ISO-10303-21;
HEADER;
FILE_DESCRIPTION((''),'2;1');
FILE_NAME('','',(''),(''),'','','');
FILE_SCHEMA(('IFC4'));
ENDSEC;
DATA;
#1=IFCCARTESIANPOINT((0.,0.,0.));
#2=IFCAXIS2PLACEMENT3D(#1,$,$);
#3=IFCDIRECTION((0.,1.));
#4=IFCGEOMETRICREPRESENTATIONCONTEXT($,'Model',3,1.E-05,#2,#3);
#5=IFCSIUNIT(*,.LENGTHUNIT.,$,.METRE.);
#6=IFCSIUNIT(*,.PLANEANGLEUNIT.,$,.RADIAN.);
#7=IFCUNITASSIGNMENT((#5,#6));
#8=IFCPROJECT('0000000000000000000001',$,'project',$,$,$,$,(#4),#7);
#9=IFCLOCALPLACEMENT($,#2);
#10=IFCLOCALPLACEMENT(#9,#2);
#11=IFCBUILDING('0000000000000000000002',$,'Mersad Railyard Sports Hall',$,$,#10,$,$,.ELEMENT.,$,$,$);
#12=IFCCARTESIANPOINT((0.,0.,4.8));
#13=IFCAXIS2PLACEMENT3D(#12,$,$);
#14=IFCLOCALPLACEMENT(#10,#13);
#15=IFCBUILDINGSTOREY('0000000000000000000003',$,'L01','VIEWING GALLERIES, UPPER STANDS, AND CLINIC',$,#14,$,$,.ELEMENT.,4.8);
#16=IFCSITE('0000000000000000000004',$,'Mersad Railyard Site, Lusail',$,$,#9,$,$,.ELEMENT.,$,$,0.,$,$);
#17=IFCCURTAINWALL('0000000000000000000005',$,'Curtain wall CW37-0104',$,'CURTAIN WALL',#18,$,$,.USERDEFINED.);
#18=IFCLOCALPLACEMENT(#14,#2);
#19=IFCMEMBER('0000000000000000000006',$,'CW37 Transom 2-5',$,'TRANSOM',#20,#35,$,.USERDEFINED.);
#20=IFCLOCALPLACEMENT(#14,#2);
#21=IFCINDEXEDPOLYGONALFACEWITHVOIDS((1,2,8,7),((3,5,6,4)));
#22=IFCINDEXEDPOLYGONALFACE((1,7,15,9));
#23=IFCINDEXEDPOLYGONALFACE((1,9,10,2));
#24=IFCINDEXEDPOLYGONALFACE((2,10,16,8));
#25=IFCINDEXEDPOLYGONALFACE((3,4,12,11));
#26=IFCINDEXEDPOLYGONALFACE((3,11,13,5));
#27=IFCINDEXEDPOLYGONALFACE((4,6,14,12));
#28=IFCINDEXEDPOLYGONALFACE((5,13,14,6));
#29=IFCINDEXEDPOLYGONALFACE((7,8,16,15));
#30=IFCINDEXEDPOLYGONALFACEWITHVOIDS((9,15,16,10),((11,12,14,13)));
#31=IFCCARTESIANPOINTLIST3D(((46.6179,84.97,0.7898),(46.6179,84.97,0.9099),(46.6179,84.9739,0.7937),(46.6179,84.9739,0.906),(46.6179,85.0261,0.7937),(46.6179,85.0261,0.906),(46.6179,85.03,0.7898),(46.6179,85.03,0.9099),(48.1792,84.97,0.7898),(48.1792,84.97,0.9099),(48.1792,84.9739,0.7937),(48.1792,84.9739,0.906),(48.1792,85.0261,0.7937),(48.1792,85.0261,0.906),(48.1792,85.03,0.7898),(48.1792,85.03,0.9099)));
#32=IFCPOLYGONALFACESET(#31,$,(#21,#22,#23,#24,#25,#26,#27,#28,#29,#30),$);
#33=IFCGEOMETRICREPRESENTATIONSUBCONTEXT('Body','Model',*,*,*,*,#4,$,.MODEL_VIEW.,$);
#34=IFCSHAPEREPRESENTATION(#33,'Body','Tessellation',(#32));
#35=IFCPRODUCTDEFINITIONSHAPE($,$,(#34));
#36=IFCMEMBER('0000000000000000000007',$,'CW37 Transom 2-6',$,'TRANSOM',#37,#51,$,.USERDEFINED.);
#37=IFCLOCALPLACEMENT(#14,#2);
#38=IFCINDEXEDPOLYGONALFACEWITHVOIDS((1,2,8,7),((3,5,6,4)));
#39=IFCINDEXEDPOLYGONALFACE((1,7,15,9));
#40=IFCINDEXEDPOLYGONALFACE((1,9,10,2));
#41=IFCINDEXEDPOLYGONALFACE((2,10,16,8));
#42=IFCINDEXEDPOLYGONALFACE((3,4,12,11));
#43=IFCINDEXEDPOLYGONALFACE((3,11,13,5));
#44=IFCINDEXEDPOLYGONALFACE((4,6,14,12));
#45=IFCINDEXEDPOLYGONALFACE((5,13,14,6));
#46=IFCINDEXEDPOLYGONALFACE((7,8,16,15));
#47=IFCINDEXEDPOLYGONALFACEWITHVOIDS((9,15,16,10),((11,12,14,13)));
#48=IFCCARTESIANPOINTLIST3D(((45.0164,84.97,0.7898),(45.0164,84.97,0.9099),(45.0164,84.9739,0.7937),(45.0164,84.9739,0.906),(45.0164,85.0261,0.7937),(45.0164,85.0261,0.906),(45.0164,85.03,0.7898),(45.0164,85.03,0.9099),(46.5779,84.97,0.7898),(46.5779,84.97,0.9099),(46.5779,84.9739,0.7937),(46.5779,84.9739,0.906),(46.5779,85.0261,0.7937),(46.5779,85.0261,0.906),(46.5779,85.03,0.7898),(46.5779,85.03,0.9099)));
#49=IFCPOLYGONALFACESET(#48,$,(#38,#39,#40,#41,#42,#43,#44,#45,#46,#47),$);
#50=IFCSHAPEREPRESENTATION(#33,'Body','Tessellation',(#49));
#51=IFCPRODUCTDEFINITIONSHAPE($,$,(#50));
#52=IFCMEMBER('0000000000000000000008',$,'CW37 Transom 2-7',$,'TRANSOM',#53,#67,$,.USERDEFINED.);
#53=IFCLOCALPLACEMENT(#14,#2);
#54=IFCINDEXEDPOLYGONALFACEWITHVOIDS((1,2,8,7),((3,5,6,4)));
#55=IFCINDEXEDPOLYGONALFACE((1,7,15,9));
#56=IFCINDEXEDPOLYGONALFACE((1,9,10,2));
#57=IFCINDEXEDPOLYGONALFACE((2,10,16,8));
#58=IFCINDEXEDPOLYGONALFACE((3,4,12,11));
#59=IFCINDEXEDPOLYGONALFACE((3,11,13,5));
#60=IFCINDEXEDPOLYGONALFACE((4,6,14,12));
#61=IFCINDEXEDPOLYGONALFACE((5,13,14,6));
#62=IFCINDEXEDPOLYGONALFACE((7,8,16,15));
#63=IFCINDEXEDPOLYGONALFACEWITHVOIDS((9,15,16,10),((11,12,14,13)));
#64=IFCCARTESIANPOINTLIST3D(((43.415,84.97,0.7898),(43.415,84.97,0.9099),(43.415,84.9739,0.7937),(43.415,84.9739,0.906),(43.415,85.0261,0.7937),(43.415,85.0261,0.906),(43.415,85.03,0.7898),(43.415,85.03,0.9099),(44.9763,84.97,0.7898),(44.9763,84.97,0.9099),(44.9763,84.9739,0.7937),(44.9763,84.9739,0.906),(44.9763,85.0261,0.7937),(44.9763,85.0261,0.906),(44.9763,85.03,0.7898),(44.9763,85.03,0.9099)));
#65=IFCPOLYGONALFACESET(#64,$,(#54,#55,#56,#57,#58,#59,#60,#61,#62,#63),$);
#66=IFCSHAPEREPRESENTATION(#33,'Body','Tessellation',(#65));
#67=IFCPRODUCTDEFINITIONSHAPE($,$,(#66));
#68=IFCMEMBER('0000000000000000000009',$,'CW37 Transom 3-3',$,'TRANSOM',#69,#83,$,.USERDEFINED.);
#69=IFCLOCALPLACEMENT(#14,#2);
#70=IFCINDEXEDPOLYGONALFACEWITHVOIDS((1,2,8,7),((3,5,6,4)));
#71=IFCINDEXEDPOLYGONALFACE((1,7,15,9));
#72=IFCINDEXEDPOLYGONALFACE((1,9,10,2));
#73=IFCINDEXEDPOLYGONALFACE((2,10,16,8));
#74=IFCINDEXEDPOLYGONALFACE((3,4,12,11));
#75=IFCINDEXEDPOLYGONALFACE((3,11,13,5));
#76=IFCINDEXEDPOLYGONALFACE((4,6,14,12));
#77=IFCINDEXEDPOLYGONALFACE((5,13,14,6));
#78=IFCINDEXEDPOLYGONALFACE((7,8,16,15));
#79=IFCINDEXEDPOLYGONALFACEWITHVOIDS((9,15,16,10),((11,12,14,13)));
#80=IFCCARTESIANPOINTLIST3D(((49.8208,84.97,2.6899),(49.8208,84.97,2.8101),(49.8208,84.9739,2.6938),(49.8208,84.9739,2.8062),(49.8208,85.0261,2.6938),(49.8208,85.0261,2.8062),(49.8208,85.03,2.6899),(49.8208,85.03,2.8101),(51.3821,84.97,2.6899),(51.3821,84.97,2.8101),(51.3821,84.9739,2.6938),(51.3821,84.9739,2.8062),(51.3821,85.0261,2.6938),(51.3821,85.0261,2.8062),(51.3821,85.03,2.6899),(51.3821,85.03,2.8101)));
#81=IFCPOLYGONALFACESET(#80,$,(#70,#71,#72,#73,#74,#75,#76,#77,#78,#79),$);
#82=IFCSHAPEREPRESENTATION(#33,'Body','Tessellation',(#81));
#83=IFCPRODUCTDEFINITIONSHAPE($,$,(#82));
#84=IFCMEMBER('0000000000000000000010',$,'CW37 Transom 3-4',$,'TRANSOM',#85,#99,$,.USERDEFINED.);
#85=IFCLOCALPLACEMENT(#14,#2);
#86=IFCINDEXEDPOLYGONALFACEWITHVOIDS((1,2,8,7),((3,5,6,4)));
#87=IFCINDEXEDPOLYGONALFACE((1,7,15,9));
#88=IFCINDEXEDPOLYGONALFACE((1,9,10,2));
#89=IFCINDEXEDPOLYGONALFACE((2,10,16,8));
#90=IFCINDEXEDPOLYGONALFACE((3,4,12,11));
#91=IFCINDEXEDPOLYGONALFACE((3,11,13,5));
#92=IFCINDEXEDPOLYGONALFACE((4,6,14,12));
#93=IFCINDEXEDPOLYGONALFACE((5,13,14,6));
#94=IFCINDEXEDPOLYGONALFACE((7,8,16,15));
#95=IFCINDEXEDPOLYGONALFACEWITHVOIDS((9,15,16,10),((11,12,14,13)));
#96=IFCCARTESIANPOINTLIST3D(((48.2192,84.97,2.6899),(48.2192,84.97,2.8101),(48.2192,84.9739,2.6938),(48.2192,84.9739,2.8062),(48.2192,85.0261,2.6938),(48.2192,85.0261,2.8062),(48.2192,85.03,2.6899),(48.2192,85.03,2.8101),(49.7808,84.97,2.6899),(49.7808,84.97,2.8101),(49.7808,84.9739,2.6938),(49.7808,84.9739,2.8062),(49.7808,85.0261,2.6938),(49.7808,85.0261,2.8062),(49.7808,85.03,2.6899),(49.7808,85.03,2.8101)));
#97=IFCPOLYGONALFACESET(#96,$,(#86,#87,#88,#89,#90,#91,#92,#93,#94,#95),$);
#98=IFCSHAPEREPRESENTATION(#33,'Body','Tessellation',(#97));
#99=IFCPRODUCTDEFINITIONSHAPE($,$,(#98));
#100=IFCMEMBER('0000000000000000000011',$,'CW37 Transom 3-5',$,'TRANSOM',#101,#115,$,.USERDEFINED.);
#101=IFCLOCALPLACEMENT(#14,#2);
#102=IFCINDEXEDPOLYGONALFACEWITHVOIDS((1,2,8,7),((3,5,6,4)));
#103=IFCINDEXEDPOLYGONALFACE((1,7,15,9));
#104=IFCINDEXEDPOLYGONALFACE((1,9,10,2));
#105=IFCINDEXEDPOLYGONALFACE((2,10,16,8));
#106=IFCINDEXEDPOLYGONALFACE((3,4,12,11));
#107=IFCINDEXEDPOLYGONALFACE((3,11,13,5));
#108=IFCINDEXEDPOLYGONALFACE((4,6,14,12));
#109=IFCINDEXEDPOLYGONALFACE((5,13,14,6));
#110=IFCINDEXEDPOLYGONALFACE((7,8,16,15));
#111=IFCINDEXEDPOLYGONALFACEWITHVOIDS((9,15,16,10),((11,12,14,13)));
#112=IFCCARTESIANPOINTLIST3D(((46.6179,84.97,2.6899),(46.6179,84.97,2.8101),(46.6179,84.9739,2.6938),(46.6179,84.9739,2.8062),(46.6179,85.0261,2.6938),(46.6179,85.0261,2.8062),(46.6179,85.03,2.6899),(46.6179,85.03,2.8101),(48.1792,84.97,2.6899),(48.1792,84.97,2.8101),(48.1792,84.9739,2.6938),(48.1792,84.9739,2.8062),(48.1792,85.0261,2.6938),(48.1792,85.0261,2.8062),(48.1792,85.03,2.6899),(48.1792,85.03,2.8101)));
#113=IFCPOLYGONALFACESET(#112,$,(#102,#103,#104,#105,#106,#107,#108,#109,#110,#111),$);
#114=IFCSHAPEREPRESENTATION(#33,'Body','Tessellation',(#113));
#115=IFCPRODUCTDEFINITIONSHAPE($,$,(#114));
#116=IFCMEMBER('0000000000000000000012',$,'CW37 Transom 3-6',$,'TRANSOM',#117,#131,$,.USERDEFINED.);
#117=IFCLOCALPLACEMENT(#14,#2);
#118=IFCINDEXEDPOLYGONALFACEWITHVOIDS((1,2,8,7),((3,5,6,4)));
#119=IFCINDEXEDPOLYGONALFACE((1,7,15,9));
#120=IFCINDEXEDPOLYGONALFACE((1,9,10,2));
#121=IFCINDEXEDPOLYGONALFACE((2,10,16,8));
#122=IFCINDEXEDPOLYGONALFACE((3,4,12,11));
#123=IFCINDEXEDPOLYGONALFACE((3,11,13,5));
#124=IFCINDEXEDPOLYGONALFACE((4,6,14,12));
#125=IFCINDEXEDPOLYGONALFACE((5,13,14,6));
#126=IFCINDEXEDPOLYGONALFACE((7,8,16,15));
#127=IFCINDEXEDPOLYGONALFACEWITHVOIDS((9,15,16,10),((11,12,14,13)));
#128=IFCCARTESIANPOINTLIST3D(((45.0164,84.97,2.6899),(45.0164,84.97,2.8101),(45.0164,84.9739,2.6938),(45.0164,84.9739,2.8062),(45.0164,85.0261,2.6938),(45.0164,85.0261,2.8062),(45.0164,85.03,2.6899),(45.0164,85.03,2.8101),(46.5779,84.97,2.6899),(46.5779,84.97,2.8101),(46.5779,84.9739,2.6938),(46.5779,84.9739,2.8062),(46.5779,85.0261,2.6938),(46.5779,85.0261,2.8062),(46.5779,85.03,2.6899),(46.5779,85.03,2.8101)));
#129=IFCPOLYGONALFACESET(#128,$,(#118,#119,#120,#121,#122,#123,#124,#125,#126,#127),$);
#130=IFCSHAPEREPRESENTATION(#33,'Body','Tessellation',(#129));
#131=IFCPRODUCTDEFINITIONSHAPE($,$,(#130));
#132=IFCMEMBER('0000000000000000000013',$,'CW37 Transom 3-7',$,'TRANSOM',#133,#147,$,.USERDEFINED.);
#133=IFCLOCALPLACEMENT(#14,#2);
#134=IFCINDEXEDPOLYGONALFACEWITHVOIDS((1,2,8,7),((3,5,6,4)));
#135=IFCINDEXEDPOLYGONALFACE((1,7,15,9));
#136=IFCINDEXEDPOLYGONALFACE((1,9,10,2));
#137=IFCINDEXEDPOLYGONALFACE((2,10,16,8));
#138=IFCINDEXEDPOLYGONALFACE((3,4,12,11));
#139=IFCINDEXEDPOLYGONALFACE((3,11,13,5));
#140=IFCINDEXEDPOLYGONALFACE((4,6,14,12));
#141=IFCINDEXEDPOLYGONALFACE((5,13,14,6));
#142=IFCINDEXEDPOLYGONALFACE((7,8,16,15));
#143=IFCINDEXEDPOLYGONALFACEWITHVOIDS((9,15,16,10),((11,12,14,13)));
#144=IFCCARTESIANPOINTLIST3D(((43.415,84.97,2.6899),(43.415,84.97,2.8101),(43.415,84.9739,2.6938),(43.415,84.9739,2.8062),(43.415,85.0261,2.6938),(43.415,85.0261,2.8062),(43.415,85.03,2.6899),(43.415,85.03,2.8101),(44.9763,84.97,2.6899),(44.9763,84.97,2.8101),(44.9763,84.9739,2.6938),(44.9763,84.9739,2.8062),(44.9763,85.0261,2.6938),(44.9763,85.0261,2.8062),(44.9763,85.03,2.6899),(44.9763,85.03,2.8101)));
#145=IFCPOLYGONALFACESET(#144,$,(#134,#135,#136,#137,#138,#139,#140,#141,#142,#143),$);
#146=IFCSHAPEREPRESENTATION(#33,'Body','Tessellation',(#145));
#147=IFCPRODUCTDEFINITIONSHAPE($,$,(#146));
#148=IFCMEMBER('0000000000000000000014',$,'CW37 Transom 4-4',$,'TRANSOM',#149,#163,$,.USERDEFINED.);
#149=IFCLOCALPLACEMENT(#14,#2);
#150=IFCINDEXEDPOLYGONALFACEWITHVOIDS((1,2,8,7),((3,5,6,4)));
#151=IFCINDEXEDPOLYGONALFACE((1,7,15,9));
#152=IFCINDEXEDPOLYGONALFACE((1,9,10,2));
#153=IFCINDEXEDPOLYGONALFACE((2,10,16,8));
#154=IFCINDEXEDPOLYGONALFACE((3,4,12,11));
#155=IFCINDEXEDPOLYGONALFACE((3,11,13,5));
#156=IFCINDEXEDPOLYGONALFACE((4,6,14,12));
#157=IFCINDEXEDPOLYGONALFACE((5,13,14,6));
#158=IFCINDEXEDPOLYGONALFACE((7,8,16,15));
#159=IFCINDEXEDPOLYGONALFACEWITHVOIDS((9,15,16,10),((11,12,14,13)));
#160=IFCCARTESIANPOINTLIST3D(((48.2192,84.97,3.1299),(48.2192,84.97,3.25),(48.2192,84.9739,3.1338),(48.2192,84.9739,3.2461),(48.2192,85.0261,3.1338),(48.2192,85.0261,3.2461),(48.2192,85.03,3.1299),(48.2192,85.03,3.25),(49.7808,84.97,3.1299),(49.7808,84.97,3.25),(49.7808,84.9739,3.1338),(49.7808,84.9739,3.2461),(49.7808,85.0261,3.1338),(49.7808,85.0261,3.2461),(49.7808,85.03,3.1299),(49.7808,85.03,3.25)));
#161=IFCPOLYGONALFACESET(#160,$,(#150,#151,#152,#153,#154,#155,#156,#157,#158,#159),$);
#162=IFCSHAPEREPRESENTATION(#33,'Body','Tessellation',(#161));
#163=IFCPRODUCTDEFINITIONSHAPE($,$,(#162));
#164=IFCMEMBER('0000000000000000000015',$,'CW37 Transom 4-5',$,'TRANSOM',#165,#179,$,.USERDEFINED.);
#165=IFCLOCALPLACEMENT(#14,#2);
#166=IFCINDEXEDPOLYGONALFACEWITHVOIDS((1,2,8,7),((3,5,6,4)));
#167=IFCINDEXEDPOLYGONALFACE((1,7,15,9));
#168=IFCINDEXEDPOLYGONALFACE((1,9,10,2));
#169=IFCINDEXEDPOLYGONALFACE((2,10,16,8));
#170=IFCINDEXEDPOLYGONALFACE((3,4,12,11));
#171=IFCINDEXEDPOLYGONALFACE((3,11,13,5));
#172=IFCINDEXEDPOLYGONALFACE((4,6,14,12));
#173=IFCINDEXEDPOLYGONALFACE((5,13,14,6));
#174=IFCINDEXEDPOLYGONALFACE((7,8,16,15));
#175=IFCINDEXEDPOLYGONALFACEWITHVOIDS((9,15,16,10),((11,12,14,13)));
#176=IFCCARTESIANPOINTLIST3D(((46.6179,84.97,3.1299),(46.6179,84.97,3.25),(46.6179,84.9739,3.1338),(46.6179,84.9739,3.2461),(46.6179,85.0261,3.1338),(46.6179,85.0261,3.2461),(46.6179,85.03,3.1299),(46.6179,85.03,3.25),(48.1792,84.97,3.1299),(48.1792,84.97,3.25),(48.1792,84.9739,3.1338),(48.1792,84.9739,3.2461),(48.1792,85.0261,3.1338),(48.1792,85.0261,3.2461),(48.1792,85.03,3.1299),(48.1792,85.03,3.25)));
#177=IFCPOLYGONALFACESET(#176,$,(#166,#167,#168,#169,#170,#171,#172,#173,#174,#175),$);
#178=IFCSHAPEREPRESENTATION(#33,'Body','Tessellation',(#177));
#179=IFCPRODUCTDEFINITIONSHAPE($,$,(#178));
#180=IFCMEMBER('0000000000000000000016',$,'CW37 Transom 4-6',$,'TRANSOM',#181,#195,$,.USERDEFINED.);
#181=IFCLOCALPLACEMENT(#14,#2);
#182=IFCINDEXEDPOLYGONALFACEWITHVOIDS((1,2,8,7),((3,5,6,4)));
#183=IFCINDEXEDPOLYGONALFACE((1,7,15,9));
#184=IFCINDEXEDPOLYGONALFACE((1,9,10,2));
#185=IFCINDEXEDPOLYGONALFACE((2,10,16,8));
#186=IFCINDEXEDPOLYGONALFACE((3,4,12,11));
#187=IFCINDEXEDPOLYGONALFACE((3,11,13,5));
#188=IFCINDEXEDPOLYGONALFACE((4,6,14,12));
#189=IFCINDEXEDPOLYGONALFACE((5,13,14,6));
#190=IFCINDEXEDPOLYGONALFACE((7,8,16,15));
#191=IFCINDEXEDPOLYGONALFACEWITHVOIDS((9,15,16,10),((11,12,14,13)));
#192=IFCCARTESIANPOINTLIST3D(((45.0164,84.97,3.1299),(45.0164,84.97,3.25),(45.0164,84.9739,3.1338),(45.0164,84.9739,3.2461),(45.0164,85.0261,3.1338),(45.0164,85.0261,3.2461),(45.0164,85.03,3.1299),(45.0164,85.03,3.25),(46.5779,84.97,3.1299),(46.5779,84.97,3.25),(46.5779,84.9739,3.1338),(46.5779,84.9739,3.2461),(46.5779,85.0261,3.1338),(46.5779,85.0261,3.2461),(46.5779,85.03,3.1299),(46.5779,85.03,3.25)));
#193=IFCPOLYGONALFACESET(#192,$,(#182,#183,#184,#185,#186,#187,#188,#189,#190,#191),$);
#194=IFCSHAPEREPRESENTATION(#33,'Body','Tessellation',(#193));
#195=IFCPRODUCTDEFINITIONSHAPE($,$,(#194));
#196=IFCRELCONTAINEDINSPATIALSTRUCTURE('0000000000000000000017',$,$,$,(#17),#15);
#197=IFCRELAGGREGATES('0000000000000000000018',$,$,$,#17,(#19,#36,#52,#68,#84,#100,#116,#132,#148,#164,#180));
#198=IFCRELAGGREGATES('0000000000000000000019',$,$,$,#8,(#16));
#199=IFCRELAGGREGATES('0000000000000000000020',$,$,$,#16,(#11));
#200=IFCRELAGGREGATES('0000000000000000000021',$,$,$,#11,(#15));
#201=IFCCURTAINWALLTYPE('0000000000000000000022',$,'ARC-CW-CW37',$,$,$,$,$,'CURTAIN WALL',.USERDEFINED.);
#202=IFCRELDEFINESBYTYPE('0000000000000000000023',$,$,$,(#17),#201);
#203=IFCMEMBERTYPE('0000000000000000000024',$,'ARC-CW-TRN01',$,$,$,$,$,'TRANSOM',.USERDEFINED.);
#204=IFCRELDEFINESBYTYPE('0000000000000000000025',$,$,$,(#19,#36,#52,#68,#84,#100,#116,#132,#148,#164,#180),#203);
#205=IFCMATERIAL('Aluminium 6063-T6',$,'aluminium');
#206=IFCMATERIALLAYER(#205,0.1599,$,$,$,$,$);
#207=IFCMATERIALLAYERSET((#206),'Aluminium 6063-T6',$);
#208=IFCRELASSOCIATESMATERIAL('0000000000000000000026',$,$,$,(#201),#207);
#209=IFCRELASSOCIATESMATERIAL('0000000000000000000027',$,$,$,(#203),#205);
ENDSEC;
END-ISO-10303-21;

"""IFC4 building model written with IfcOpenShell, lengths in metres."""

from ifc_helpers import new_model, si_unit, direction, frame, origin, origin_2d, place, context, subcontext, project, spatial, hollow_rectangle, extrude, material, layer, layer_set, material_profile, profile_set, type_object, element, aggregate, save


model = new_model("IFC4")

# Units and contexts
model_context = context("Model", 3, precision=1e-05, world=origin(), true_north=direction((0.0, 1.0)))
body_context = subcontext(model_context, "Body", "Model", "MODEL_VIEW")
ifc_project = project(units=[si_unit("LENGTHUNIT", "METRE"), si_unit("PLANEANGLEUNIT", "RADIAN")], contexts=[model_context])

# Site, building, storey
site_placement = place(None, origin())
site = spatial("IfcSite", under=ifc_project, at=site_placement, Name="Mersad Railyard Site, Lusail", CompositionType="ELEMENT", RefElevation=0.0)
building_placement = place(site_placement, origin())
building = spatial("IfcBuilding", under=site, at=building_placement, Name="Mersad Railyard Sports Hall", CompositionType="ELEMENT")
storey_placement = place(building_placement, frame((0.0, 0.0, 4.8)))
storey = spatial("IfcBuildingStorey", under=building, at=storey_placement, Name="L01", Description="VIEWING GALLERIES, UPPER STANDS, AND CLINIC", CompositionType="ELEMENT", Elevation=4.8)

# Curtain wall, members
ifc_material_1 = material(Name="Aluminium 6063-T6", Category="aluminium")
ifc_layer_1 = layer(ifc_material_1, 0.1599)
ifc_layer_set_1 = layer_set([ifc_layer_1], Name="Aluminium 6063-T6")
curtain_wall_type = type_object("IfcCurtainWallType", Name="ARC-CW-CW37", ElementType="CURTAIN WALL", PredefinedType="USERDEFINED", material=ifc_layer_set_1)
curtain_wall_placement = place(storey_placement, origin())
curtain_wall = element("IfcCurtainWall", 1, at=curtain_wall_placement, inside=storey, type_object=curtain_wall_type, Name="Curtain wall CW37-0104", ObjectType="CURTAIN WALL", PredefinedType="USERDEFINED")
ifc_material_profile_1 = material_profile(ifc_material_1, hollow_rectangle(XDim=0.0601, YDim=0.1201, WallThickness=0.0039, at=origin_2d()), Name="AL TRANSOM 60x120x4")
ifc_profile_set_1 = profile_set([ifc_material_profile_1], Name="Aluminium 6063-T6")
member_type_1 = type_object("IfcMemberType", Name="ARC-CW-TRN01", ElementType="TRANSOM", PredefinedType="USERDEFINED", material=ifc_profile_set_1)
member_1_placement = place(storey_placement, frame((48.1792, 85.0, 0.8499), z_axis=(-1.0, 0.0, 0.0), x_axis=(0.0, -1.0, 0.0)))
member_1 = element("IfcMember", 2, at=member_1_placement, type_object=member_type_1, Name="CW37 Transom 2-5", ObjectType="TRANSOM", PredefinedType="USERDEFINED", context=body_context, shape_type="SweptSolid", body=[
    extrude(hollow_rectangle(XDim=0.0601, YDim=0.1201, WallThickness=0.0039, at=origin_2d()), origin(), (0.0, 0.0, 1.0), 1.5613),
])
member_2_placement = place(storey_placement, frame((46.5779, 85.0, 0.8499), z_axis=(-1.0, 0.0, 0.0), x_axis=(0.0, -1.0, 0.0)))
member_2 = element("IfcMember", 3, at=member_2_placement, type_object=member_type_1, Name="CW37 Transom 2-6", ObjectType="TRANSOM", PredefinedType="USERDEFINED", context=body_context, shape_type="SweptSolid", body=[
    extrude(hollow_rectangle(XDim=0.0601, YDim=0.1201, WallThickness=0.0039, at=origin_2d()), origin(), (0.0, 0.0, 1.0), 1.5615),
])
member_3_placement = place(storey_placement, frame((44.9763, 85.0, 0.8499), z_axis=(-1.0, 0.0, 0.0), x_axis=(0.0, -1.0, 0.0)))
member_3 = element("IfcMember", 4, at=member_3_placement, type_object=member_type_1, Name="CW37 Transom 2-7", ObjectType="TRANSOM", PredefinedType="USERDEFINED", context=body_context, shape_type="SweptSolid", body=[
    extrude(hollow_rectangle(XDim=0.0601, YDim=0.1201, WallThickness=0.0039, at=origin_2d()), origin(), (0.0, 0.0, 1.0), 1.5613),
])
member_4_placement = place(storey_placement, frame((51.3821, 85.0, 2.75), z_axis=(-1.0, 0.0, 0.0), x_axis=(0.0, -1.0, 0.0)))
member_4 = element("IfcMember", 5, at=member_4_placement, type_object=member_type_1, Name="CW37 Transom 3-3", ObjectType="TRANSOM", PredefinedType="USERDEFINED", context=body_context, shape_type="SweptSolid", body=[
    extrude(hollow_rectangle(XDim=0.0601, YDim=0.1201, WallThickness=0.0039, at=origin_2d()), origin(), (0.0, 0.0, 1.0), 1.5613),
])
member_5_placement = place(storey_placement, frame((49.7808, 85.0, 2.75), z_axis=(-1.0, 0.0, 0.0), x_axis=(0.0, -1.0, 0.0)))
member_5 = element("IfcMember", 6, at=member_5_placement, type_object=member_type_1, Name="CW37 Transom 3-4", ObjectType="TRANSOM", PredefinedType="USERDEFINED", context=body_context, shape_type="SweptSolid", body=[
    extrude(hollow_rectangle(XDim=0.0601, YDim=0.1201, WallThickness=0.0039, at=origin_2d()), origin(), (0.0, 0.0, 1.0), 1.5615),
])
member_6_placement = place(storey_placement, frame((48.1792, 85.0, 2.75), z_axis=(-1.0, 0.0, 0.0), x_axis=(0.0, -1.0, 0.0)))
member_6 = element("IfcMember", 7, at=member_6_placement, type_object=member_type_1, Name="CW37 Transom 3-5", ObjectType="TRANSOM", PredefinedType="USERDEFINED", context=body_context, shape_type="SweptSolid", body=[
    extrude(hollow_rectangle(XDim=0.0601, YDim=0.1201, WallThickness=0.0039, at=origin_2d()), origin(), (0.0, 0.0, 1.0), 1.5613),
])
member_7_placement = place(storey_placement, frame((46.5779, 85.0, 2.75), z_axis=(-1.0, 0.0, 0.0), x_axis=(0.0, -1.0, 0.0)))
member_7 = element("IfcMember", 8, at=member_7_placement, type_object=member_type_1, Name="CW37 Transom 3-6", ObjectType="TRANSOM", PredefinedType="USERDEFINED", context=body_context, shape_type="SweptSolid", body=[
    extrude(hollow_rectangle(XDim=0.0601, YDim=0.1201, WallThickness=0.0039, at=origin_2d()), origin(), (0.0, 0.0, 1.0), 1.5615),
])
member_8_placement = place(storey_placement, frame((44.9763, 85.0, 2.75), z_axis=(-1.0, 0.0, 0.0), x_axis=(0.0, -1.0, 0.0)))
member_8 = element("IfcMember", 9, at=member_8_placement, type_object=member_type_1, Name="CW37 Transom 3-7", ObjectType="TRANSOM", PredefinedType="USERDEFINED", context=body_context, shape_type="SweptSolid", body=[
    extrude(hollow_rectangle(XDim=0.0601, YDim=0.1201, WallThickness=0.0039, at=origin_2d()), origin(), (0.0, 0.0, 1.0), 1.5613),
])
member_9_placement = place(storey_placement, frame((49.7808, 85.0, 3.1899), z_axis=(-1.0, 0.0, 0.0), x_axis=(0.0, -1.0, 0.0)))
member_9 = element("IfcMember", 10, at=member_9_placement, type_object=member_type_1, Name="CW37 Transom 4-4", ObjectType="TRANSOM", PredefinedType="USERDEFINED", context=body_context, shape_type="SweptSolid", body=[
    extrude(hollow_rectangle(XDim=0.0601, YDim=0.1201, WallThickness=0.0039, at=origin_2d()), origin(), (0.0, 0.0, 1.0), 1.5615),
])
member_10_placement = place(storey_placement, frame((48.1792, 85.0, 3.1899), z_axis=(-1.0, 0.0, 0.0), x_axis=(0.0, -1.0, 0.0)))
member_10 = element("IfcMember", 11, at=member_10_placement, type_object=member_type_1, Name="CW37 Transom 4-5", ObjectType="TRANSOM", PredefinedType="USERDEFINED", context=body_context, shape_type="SweptSolid", body=[
    extrude(hollow_rectangle(XDim=0.0601, YDim=0.1201, WallThickness=0.0039, at=origin_2d()), origin(), (0.0, 0.0, 1.0), 1.5613),
])
member_11_placement = place(storey_placement, frame((46.5779, 85.0, 3.1899), z_axis=(-1.0, 0.0, 0.0), x_axis=(0.0, -1.0, 0.0)))
member_11 = element("IfcMember", 12, at=member_11_placement, type_object=member_type_1, Name="CW37 Transom 4-6", ObjectType="TRANSOM", PredefinedType="USERDEFINED", context=body_context, shape_type="SweptSolid", body=[
    extrude(hollow_rectangle(XDim=0.0601, YDim=0.1201, WallThickness=0.0039, at=origin_2d()), origin(), (0.0, 0.0, 1.0), 1.5615),
])
aggregate(curtain_wall, [member_1, member_2, member_3, member_4, member_5, member_6, member_7, member_8, member_9, member_10, member_11])

save(model, "model.ifc")
